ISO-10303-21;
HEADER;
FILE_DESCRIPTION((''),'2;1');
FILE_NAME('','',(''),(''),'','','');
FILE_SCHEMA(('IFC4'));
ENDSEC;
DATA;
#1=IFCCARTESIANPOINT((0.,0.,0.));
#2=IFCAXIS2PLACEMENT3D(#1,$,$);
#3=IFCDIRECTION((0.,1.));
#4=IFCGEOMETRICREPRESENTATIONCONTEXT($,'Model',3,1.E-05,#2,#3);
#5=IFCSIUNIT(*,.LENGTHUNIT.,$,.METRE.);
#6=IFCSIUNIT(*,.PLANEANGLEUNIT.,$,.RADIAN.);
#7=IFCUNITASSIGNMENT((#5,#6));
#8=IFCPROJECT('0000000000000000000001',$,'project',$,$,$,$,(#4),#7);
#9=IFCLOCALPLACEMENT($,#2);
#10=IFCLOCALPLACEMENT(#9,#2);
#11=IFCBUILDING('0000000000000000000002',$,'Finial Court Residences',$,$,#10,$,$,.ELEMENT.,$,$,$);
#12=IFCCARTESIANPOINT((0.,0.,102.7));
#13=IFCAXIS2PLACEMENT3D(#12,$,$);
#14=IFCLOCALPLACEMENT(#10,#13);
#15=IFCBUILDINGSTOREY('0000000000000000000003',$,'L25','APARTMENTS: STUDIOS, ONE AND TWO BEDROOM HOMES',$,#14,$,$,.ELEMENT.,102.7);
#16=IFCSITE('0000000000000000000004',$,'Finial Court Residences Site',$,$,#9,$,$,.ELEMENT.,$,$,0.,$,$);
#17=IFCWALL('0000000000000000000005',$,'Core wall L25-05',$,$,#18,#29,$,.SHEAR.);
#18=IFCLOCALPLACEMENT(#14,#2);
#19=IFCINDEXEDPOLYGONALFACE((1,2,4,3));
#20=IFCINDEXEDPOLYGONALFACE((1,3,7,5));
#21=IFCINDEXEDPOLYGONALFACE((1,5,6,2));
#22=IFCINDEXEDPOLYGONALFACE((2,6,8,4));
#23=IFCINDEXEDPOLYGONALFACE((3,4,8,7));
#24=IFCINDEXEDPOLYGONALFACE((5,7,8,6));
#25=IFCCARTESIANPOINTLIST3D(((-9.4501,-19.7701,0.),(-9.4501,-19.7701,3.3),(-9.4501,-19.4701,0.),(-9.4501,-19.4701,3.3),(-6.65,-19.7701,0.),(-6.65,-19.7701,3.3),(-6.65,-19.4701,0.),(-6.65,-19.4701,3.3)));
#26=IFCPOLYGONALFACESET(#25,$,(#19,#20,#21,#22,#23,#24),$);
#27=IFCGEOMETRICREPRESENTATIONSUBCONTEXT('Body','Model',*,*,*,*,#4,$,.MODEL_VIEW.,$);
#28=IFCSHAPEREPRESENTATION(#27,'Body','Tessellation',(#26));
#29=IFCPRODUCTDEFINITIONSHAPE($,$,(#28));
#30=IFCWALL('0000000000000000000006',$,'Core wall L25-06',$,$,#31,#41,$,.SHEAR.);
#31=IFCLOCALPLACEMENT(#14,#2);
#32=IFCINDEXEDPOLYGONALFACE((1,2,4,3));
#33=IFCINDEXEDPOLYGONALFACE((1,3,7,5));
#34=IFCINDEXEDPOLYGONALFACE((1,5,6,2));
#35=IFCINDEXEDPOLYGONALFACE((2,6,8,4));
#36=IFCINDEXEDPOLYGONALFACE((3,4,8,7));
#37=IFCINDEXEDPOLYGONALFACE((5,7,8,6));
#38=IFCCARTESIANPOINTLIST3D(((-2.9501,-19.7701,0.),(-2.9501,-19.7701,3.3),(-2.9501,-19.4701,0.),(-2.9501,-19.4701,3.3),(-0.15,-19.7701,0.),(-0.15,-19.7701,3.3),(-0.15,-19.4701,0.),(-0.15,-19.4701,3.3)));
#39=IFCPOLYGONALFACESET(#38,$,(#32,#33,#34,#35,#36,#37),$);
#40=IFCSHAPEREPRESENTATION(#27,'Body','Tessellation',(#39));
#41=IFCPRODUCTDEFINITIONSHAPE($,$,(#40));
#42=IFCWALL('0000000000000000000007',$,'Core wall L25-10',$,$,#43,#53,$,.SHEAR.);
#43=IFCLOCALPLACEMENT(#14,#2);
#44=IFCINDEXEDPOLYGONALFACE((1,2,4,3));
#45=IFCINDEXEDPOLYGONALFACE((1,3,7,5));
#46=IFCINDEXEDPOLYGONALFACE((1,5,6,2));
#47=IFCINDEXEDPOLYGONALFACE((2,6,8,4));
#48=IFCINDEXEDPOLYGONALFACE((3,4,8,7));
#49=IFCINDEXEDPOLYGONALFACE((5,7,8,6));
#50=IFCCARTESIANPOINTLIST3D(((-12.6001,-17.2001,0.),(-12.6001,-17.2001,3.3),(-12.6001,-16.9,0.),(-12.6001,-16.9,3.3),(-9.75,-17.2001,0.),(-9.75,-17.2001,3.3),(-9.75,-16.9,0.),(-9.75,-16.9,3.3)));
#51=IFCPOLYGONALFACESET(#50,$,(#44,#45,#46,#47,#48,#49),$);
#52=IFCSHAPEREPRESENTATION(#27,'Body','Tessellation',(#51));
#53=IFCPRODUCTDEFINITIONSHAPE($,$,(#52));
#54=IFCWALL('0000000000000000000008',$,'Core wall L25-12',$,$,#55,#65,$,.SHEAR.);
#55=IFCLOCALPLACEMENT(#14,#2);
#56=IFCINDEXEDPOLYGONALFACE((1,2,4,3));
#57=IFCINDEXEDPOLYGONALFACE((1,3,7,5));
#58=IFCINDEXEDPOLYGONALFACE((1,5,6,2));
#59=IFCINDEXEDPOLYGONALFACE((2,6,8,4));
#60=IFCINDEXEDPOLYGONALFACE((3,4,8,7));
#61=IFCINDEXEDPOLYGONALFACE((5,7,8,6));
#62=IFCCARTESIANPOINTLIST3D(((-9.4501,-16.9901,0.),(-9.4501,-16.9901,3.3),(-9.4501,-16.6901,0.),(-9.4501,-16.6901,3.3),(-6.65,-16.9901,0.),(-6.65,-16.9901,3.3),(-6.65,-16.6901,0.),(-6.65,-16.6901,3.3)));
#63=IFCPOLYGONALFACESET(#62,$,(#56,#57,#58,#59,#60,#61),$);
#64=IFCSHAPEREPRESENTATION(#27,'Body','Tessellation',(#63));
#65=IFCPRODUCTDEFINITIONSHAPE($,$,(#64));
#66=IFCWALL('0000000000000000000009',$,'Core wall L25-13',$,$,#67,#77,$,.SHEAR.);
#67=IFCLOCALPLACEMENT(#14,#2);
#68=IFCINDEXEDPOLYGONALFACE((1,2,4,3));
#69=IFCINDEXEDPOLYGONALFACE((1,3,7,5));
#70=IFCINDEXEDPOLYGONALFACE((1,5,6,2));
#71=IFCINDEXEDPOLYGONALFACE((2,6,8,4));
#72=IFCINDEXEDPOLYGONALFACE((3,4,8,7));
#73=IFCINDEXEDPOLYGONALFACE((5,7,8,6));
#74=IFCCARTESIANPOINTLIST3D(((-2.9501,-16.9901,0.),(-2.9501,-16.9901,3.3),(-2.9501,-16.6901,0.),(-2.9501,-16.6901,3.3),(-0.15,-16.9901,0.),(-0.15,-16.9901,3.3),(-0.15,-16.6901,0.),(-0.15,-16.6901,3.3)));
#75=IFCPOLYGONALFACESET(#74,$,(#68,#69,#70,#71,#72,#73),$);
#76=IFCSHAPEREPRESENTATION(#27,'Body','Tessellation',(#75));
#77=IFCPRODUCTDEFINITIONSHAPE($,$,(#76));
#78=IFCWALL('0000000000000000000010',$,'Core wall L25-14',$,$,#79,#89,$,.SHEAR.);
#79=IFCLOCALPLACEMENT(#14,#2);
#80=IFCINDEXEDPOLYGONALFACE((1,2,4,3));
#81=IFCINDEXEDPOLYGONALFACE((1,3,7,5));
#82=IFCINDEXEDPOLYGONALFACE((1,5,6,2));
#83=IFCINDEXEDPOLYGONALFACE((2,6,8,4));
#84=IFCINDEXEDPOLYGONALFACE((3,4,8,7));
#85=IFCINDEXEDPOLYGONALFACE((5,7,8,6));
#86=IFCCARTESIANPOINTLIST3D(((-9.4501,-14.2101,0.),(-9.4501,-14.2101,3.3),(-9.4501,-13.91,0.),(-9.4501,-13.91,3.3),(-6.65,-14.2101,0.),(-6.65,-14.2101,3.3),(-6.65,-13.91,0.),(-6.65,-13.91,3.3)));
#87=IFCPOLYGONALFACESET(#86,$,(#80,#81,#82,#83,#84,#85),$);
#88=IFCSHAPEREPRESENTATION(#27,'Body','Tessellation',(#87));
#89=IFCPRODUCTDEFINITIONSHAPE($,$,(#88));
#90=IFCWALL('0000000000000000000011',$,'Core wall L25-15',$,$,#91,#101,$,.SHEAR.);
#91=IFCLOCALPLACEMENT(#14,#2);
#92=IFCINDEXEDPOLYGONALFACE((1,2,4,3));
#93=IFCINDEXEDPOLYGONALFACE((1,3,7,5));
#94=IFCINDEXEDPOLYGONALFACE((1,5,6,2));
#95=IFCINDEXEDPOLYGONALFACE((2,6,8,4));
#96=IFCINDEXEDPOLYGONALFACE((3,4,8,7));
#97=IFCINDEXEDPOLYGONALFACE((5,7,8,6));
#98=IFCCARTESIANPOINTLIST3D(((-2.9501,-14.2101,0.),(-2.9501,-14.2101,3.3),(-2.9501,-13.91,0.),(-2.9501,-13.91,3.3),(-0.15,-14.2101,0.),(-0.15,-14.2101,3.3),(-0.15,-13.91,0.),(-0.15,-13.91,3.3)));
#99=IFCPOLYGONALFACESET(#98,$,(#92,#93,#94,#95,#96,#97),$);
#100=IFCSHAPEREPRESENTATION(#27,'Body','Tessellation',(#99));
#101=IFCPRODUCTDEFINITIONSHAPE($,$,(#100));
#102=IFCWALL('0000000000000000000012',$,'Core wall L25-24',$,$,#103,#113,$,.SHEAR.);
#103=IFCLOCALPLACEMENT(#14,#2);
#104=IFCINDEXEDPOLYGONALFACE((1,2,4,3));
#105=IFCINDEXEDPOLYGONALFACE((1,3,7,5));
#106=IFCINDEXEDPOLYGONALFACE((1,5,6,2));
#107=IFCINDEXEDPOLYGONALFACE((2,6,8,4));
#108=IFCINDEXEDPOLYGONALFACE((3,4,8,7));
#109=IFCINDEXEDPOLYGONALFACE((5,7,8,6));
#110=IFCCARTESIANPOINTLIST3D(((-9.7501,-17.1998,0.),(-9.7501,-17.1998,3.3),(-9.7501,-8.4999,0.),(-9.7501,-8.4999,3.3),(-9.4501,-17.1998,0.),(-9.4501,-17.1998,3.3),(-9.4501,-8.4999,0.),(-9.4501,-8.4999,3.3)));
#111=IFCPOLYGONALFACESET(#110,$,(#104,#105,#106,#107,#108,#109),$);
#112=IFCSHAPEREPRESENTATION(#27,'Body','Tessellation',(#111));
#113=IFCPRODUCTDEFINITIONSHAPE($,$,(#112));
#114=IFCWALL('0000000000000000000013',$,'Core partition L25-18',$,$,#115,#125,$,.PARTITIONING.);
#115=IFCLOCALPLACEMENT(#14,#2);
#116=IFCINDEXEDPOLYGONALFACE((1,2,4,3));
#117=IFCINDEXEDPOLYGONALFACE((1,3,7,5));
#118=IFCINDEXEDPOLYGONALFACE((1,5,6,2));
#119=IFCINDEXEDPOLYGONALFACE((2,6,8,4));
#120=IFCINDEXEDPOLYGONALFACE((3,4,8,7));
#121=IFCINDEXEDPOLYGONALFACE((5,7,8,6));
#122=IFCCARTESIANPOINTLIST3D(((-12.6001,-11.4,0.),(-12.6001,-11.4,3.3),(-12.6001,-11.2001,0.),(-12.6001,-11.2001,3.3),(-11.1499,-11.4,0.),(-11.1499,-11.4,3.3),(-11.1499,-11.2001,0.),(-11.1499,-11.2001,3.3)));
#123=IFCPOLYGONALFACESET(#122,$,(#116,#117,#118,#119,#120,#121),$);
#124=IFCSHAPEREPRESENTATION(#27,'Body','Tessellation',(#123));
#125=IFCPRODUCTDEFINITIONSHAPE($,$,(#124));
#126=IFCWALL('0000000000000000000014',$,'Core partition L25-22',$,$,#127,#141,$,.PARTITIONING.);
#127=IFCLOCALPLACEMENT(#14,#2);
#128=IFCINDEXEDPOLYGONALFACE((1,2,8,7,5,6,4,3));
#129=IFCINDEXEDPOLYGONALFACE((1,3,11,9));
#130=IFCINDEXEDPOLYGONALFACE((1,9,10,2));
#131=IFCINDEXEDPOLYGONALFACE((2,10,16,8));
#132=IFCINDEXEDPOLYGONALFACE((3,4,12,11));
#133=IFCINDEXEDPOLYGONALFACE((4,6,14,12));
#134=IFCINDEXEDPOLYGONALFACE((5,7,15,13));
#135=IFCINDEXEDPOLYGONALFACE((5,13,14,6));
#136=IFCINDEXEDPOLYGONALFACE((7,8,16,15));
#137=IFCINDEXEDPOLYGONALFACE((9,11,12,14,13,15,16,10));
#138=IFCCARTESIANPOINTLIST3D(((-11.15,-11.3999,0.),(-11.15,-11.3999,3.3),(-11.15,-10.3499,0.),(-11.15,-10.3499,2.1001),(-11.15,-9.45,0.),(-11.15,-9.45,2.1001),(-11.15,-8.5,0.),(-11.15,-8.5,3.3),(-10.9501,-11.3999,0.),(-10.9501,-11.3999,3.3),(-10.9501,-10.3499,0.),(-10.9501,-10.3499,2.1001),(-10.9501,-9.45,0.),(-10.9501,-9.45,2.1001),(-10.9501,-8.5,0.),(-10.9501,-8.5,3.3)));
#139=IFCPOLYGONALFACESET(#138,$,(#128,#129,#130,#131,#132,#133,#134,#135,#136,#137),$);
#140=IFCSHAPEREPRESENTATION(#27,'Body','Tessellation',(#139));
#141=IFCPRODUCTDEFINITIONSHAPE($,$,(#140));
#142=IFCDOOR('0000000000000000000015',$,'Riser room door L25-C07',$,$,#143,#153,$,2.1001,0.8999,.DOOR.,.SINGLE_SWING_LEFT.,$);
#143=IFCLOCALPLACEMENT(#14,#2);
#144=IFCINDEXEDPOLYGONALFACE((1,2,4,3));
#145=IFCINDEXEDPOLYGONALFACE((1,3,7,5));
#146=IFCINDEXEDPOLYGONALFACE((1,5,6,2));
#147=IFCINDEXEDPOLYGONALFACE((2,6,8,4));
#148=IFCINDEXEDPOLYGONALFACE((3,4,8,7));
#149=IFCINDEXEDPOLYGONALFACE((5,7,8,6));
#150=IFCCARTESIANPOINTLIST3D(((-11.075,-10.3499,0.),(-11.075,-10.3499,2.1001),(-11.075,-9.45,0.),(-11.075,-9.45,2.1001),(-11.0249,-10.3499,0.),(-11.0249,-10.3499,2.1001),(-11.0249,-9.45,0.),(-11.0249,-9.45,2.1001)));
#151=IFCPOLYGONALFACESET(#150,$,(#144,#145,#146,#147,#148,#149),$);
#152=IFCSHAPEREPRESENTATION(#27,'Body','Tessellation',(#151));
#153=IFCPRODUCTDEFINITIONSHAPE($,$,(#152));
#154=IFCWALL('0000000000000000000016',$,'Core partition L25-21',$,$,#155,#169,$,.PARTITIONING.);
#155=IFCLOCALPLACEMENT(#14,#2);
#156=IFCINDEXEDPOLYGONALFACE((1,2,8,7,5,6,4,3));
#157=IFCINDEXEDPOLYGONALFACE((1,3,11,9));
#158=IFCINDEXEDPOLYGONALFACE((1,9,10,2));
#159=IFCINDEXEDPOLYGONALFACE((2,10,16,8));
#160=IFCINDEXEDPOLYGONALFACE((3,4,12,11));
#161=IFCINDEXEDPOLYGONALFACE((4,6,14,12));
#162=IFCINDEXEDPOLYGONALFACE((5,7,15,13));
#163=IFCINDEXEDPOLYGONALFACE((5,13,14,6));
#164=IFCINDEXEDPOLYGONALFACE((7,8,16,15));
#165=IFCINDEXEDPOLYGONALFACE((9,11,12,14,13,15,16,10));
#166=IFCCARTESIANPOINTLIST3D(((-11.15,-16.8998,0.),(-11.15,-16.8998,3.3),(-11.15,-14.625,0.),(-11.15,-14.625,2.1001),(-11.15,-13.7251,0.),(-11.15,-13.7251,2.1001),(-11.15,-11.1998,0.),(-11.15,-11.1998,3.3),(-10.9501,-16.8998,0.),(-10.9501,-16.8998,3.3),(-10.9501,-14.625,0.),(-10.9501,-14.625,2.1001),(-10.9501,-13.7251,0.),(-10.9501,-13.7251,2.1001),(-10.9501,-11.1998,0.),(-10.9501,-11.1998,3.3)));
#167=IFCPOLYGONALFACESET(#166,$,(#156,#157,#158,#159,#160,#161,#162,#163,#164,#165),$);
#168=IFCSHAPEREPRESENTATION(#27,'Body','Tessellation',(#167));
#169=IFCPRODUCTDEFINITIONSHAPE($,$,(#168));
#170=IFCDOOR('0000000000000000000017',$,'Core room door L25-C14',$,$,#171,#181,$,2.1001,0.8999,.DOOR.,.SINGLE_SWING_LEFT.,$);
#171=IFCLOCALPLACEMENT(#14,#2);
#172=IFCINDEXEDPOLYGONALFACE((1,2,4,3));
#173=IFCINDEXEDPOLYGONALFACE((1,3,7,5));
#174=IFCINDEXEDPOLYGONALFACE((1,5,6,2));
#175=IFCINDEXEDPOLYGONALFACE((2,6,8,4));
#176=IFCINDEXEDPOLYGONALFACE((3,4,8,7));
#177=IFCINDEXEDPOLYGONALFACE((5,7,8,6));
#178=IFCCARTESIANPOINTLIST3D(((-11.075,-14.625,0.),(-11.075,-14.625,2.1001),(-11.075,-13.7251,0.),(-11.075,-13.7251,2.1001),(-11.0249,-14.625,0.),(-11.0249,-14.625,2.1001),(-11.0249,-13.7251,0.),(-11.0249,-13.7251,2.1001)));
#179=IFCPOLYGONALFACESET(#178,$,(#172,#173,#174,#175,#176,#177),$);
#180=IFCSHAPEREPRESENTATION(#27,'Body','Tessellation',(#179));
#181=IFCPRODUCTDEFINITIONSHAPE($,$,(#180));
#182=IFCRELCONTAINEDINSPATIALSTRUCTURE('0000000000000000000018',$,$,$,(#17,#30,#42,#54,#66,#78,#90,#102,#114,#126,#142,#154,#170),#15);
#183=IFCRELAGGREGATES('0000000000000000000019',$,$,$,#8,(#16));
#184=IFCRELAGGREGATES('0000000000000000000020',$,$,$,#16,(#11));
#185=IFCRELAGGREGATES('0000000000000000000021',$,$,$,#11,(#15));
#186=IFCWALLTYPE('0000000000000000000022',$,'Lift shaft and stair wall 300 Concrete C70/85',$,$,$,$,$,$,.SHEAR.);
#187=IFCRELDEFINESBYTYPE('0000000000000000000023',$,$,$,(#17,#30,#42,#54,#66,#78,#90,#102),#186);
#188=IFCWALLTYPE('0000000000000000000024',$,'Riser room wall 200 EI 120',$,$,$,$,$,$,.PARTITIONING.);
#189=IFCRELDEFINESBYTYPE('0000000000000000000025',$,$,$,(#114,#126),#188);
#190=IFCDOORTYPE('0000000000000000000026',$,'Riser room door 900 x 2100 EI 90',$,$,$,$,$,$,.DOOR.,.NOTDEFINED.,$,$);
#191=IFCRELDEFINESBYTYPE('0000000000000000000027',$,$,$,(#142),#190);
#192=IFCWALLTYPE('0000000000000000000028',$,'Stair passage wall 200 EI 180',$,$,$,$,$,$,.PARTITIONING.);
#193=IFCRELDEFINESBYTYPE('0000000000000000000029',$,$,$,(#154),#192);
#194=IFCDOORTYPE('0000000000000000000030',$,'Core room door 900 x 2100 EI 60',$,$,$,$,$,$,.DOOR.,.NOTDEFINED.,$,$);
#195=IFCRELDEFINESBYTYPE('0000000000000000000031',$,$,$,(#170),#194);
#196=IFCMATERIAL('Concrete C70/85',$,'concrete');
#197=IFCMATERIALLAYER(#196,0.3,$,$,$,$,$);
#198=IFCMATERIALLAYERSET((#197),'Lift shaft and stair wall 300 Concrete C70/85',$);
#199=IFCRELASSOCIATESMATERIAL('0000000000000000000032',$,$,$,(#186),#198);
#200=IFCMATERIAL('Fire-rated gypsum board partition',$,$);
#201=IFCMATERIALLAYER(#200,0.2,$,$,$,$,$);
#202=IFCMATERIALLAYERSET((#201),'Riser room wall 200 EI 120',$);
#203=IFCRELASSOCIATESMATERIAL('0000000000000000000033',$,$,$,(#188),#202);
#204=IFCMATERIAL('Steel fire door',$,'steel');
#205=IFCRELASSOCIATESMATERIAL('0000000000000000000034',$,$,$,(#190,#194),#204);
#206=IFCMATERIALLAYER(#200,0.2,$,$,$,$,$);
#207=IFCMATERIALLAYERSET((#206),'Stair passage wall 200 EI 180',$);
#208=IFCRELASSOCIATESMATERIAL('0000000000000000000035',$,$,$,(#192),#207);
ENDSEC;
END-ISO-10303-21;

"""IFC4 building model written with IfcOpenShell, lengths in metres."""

from ifc_helpers import new_model, si_unit, direction, frame, frame_2d, origin, place, context, subcontext, project, spatial, rectangle, extrude, material, layer, layer_set, type_object, element, fill, save


model = new_model("IFC4")

# Units and contexts
model_context = context("Model", 3, precision=1e-05, world=origin(), true_north=direction((0.0, 1.0)))
body_context = subcontext(model_context, "Body", "Model", "MODEL_VIEW")
ifc_project = project(units=[si_unit("LENGTHUNIT", "METRE"), si_unit("PLANEANGLEUNIT", "RADIAN")], contexts=[model_context])

# Site, building, storey
site_placement = place(None, origin())
site = spatial("IfcSite", under=ifc_project, at=site_placement, Name="Finial Court Residences Site", CompositionType="ELEMENT", RefElevation=0.0)
building_placement = place(site_placement, origin())
building = spatial("IfcBuilding", under=site, at=building_placement, Name="Finial Court Residences", CompositionType="ELEMENT")
storey_placement = place(building_placement, frame((0.0, 0.0, 102.7)))
storey = spatial("IfcBuildingStorey", under=building, at=storey_placement, Name="L25", Description="APARTMENTS: STUDIOS, ONE AND TWO BEDROOM HOMES", CompositionType="ELEMENT", Elevation=102.7)

# Walls
ifc_material_1 = material(Name="Concrete C70/85", Category="concrete")
ifc_layer_1 = layer(ifc_material_1, 0.3)
ifc_layer_set_1 = layer_set([ifc_layer_1], Name="Lift shaft and stair wall 300 Concrete C70/85")
wall_type_1 = type_object("IfcWallType", Name="Lift shaft and stair wall 300 Concrete C70/85", PredefinedType="SHEAR", material=ifc_layer_set_1)
for number, where, z_axis, x_axis, name in (
    (1, (-9.45, -19.6201, 0.0), (0.0, 0.0, 1.0), (1.0, 0.0, 0.0), "Core wall L25-05"),
    (2, (-2.95, -19.6201, 0.0), (0.0, 0.0, 1.0), (1.0, 0.0, 0.0), "Core wall L25-06"),
):
    element("IfcWall", number, at=place(storey_placement, frame(where, z_axis=z_axis, x_axis=x_axis)), inside=storey, type_object=wall_type_1, Name=name, PredefinedType="SHEAR", context=body_context, shape_type="SweptSolid", body=[
        extrude(rectangle(XDim=2.8, YDim=0.3, at=frame_2d((1.3999, 0.0))), origin(), (0.0, 0.0, 1.0), 3.3),
    ])
wall_1_placement = place(storey_placement, frame((-12.6001, -17.05, 0.0), z_axis=(0.0, 0.0, 1.0), x_axis=(1.0, 0.0, 0.0)))
element("IfcWall", 3, at=wall_1_placement, inside=storey, type_object=wall_type_1, Name="Core wall L25-10", PredefinedType="SHEAR", context=body_context, shape_type="SweptSolid", body=[
    extrude(rectangle(XDim=2.8501, YDim=0.3, at=frame_2d((1.425, 0.0))), origin(), (0.0, 0.0, 1.0), 3.3),
])
for number, where, z_axis, x_axis, name in (
    (4, (-9.45, -16.8401, 0.0), (0.0, 0.0, 1.0), (1.0, 0.0, 0.0), "Core wall L25-12"),
    (5, (-2.95, -16.8401, 0.0), (0.0, 0.0, 1.0), (1.0, 0.0, 0.0), "Core wall L25-13"),
    (6, (-9.45, -14.0601, 0.0), (0.0, 0.0, 1.0), (1.0, 0.0, 0.0), "Core wall L25-14"),
    (7, (-2.95, -14.0601, 0.0), (0.0, 0.0, 1.0), (1.0, 0.0, 0.0), "Core wall L25-15"),
):
    element("IfcWall", number, at=place(storey_placement, frame(where, z_axis=z_axis, x_axis=x_axis)), inside=storey, type_object=wall_type_1, Name=name, PredefinedType="SHEAR", context=body_context, shape_type="SweptSolid", body=[
        extrude(rectangle(XDim=2.8, YDim=0.3, at=frame_2d((1.3999, 0.0))), origin(), (0.0, 0.0, 1.0), 3.3),
    ])
wall_2_placement = place(storey_placement, frame((-9.6001, -17.2, 0.0), z_axis=(0.0, 0.0, 1.0), x_axis=(0.0, 1.0, 0.0)))
element("IfcWall", 8, at=wall_2_placement, inside=storey, type_object=wall_type_1, Name="Core wall L25-24", PredefinedType="SHEAR", context=body_context, shape_type="SweptSolid", body=[
    extrude(rectangle(XDim=8.7, YDim=0.3, at=frame_2d((4.3501, 0.0))), origin(), (0.0, 0.0, 1.0), 3.3),
])
ifc_material_2 = material(Name="Fire-rated gypsum board partition")
ifc_layer_2 = layer(ifc_material_2, 0.2)
ifc_layer_set_2 = layer_set([ifc_layer_2], Name="Riser room wall 200 EI 120")
wall_type_2 = type_object("IfcWallType", Name="Riser room wall 200 EI 120", PredefinedType="PARTITIONING", material=ifc_layer_set_2)
wall_3_placement = place(storey_placement, frame((-12.6001, -11.3, 0.0), z_axis=(0.0, 0.0, 1.0), x_axis=(1.0, 0.0, 0.0)))
element("IfcWall", 9, at=wall_3_placement, inside=storey, type_object=wall_type_2, Name="Core partition L25-18", PredefinedType="PARTITIONING", context=body_context, shape_type="SweptSolid", body=[
    extrude(rectangle(XDim=1.4502, YDim=0.2, at=frame_2d((0.7251, 0.0))), origin(), (0.0, 0.0, 1.0), 3.3),
])

# Walls, openings, doors
wall_4_placement = place(storey_placement, frame((-11.05, -11.3999, 0.0), z_axis=(0.0, 0.0, 1.0), x_axis=(0.0, 1.0, 0.0)))
wall_4 = element("IfcWall", 10, at=wall_4_placement, inside=storey, type_object=wall_type_2, Name="Core partition L25-22", PredefinedType="PARTITIONING", context=body_context, shape_type="SweptSolid", body=[
    extrude(rectangle(XDim=2.8999, YDim=0.2, at=frame_2d((1.45, 0.0))), origin(), (0.0, 0.0, 1.0), 3.3),
])
opening_1_placement = place(wall_4_placement, frame((1.05, 0.0, 0.0)))
opening_1 = element("IfcOpeningElement", 11, at=opening_1_placement, cuts=wall_4, PredefinedType="OPENING", context=body_context, shape_type="SweptSolid", body=[
    extrude(rectangle(XDim=0.8999, YDim=2.1001, at=frame_2d((0.45, 1.05))), frame((0.0, 0.1099, 0.0), z_axis=(0.0, -1.0, 0.0), x_axis=(1.0, 0.0, 0.0)), (0.0, 0.0, 1.0), 0.22),
])
ifc_material_3 = material(Name="Steel fire door", Category="steel")
door_type_1 = type_object("IfcDoorType", Name="Riser room door 900 x 2100 EI 90", OperationType="NOTDEFINED", PredefinedType="DOOR", material=ifc_material_3)
door_1_placement = place(opening_1_placement, origin())
door_1 = element("IfcDoor", 12, at=door_1_placement, inside=storey, type_object=door_type_1, Name="Riser room door L25-C07", OperationType="SINGLE_SWING_LEFT", OverallHeight=2.1001, OverallWidth=0.8999, PredefinedType="DOOR", context=body_context, shape_type="SweptSolid", body=[
    extrude(rectangle(XDim=0.8999, YDim=2.1001, at=frame_2d((0.45, 1.05))), frame((0.0, 0.0249, 0.0), z_axis=(0.0, -1.0, 0.0), x_axis=(1.0, 0.0, 0.0)), (0.0, 0.0, 1.0), 0.05),
])
fill(opening_1, door_1)
ifc_layer_3 = layer(ifc_material_2, 0.2)
ifc_layer_set_3 = layer_set([ifc_layer_3], Name="Stair passage wall 200 EI 180")
wall_type_3 = type_object("IfcWallType", Name="Stair passage wall 200 EI 180", PredefinedType="PARTITIONING", material=ifc_layer_set_3)
wall_5_placement = place(storey_placement, frame((-11.05, -16.8999, 0.0), z_axis=(0.0, 0.0, 1.0), x_axis=(0.0, 1.0, 0.0)))
wall_5 = element("IfcWall", 13, at=wall_5_placement, inside=storey, type_object=wall_type_3, Name="Core partition L25-21", PredefinedType="PARTITIONING", context=body_context, shape_type="SweptSolid", body=[
    extrude(rectangle(XDim=5.7, YDim=0.2, at=frame_2d((2.8501, 0.0))), origin(), (0.0, 0.0, 1.0), 3.3),
])
opening_2_placement = place(wall_5_placement, frame((2.2749, 0.0, 0.0)))
opening_2 = element("IfcOpeningElement", 14, at=opening_2_placement, cuts=wall_5, PredefinedType="OPENING", context=body_context, shape_type="SweptSolid", body=[
    extrude(rectangle(XDim=0.8999, YDim=2.1001, at=frame_2d((0.45, 1.05))), frame((0.0, 0.1099, 0.0), z_axis=(0.0, -1.0, 0.0), x_axis=(1.0, 0.0, 0.0)), (0.0, 0.0, 1.0), 0.22),
])
door_type_2 = type_object("IfcDoorType", Name="Core room door 900 x 2100 EI 60", OperationType="NOTDEFINED", PredefinedType="DOOR", material=ifc_material_3)
door_2_placement = place(opening_2_placement, origin())
door_2 = element("IfcDoor", 15, at=door_2_placement, inside=storey, type_object=door_type_2, Name="Core room door L25-C14", OperationType="SINGLE_SWING_LEFT", OverallHeight=2.1001, OverallWidth=0.8999, PredefinedType="DOOR", context=body_context, shape_type="SweptSolid", body=[
    extrude(rectangle(XDim=0.8999, YDim=2.1001, at=frame_2d((0.45, 1.05))), frame((0.0, 0.0249, 0.0), z_axis=(0.0, -1.0, 0.0), x_axis=(1.0, 0.0, 0.0)), (0.0, 0.0, 1.0), 0.05),
])
fill(opening_2, door_2)

save(model, "model.ifc")
